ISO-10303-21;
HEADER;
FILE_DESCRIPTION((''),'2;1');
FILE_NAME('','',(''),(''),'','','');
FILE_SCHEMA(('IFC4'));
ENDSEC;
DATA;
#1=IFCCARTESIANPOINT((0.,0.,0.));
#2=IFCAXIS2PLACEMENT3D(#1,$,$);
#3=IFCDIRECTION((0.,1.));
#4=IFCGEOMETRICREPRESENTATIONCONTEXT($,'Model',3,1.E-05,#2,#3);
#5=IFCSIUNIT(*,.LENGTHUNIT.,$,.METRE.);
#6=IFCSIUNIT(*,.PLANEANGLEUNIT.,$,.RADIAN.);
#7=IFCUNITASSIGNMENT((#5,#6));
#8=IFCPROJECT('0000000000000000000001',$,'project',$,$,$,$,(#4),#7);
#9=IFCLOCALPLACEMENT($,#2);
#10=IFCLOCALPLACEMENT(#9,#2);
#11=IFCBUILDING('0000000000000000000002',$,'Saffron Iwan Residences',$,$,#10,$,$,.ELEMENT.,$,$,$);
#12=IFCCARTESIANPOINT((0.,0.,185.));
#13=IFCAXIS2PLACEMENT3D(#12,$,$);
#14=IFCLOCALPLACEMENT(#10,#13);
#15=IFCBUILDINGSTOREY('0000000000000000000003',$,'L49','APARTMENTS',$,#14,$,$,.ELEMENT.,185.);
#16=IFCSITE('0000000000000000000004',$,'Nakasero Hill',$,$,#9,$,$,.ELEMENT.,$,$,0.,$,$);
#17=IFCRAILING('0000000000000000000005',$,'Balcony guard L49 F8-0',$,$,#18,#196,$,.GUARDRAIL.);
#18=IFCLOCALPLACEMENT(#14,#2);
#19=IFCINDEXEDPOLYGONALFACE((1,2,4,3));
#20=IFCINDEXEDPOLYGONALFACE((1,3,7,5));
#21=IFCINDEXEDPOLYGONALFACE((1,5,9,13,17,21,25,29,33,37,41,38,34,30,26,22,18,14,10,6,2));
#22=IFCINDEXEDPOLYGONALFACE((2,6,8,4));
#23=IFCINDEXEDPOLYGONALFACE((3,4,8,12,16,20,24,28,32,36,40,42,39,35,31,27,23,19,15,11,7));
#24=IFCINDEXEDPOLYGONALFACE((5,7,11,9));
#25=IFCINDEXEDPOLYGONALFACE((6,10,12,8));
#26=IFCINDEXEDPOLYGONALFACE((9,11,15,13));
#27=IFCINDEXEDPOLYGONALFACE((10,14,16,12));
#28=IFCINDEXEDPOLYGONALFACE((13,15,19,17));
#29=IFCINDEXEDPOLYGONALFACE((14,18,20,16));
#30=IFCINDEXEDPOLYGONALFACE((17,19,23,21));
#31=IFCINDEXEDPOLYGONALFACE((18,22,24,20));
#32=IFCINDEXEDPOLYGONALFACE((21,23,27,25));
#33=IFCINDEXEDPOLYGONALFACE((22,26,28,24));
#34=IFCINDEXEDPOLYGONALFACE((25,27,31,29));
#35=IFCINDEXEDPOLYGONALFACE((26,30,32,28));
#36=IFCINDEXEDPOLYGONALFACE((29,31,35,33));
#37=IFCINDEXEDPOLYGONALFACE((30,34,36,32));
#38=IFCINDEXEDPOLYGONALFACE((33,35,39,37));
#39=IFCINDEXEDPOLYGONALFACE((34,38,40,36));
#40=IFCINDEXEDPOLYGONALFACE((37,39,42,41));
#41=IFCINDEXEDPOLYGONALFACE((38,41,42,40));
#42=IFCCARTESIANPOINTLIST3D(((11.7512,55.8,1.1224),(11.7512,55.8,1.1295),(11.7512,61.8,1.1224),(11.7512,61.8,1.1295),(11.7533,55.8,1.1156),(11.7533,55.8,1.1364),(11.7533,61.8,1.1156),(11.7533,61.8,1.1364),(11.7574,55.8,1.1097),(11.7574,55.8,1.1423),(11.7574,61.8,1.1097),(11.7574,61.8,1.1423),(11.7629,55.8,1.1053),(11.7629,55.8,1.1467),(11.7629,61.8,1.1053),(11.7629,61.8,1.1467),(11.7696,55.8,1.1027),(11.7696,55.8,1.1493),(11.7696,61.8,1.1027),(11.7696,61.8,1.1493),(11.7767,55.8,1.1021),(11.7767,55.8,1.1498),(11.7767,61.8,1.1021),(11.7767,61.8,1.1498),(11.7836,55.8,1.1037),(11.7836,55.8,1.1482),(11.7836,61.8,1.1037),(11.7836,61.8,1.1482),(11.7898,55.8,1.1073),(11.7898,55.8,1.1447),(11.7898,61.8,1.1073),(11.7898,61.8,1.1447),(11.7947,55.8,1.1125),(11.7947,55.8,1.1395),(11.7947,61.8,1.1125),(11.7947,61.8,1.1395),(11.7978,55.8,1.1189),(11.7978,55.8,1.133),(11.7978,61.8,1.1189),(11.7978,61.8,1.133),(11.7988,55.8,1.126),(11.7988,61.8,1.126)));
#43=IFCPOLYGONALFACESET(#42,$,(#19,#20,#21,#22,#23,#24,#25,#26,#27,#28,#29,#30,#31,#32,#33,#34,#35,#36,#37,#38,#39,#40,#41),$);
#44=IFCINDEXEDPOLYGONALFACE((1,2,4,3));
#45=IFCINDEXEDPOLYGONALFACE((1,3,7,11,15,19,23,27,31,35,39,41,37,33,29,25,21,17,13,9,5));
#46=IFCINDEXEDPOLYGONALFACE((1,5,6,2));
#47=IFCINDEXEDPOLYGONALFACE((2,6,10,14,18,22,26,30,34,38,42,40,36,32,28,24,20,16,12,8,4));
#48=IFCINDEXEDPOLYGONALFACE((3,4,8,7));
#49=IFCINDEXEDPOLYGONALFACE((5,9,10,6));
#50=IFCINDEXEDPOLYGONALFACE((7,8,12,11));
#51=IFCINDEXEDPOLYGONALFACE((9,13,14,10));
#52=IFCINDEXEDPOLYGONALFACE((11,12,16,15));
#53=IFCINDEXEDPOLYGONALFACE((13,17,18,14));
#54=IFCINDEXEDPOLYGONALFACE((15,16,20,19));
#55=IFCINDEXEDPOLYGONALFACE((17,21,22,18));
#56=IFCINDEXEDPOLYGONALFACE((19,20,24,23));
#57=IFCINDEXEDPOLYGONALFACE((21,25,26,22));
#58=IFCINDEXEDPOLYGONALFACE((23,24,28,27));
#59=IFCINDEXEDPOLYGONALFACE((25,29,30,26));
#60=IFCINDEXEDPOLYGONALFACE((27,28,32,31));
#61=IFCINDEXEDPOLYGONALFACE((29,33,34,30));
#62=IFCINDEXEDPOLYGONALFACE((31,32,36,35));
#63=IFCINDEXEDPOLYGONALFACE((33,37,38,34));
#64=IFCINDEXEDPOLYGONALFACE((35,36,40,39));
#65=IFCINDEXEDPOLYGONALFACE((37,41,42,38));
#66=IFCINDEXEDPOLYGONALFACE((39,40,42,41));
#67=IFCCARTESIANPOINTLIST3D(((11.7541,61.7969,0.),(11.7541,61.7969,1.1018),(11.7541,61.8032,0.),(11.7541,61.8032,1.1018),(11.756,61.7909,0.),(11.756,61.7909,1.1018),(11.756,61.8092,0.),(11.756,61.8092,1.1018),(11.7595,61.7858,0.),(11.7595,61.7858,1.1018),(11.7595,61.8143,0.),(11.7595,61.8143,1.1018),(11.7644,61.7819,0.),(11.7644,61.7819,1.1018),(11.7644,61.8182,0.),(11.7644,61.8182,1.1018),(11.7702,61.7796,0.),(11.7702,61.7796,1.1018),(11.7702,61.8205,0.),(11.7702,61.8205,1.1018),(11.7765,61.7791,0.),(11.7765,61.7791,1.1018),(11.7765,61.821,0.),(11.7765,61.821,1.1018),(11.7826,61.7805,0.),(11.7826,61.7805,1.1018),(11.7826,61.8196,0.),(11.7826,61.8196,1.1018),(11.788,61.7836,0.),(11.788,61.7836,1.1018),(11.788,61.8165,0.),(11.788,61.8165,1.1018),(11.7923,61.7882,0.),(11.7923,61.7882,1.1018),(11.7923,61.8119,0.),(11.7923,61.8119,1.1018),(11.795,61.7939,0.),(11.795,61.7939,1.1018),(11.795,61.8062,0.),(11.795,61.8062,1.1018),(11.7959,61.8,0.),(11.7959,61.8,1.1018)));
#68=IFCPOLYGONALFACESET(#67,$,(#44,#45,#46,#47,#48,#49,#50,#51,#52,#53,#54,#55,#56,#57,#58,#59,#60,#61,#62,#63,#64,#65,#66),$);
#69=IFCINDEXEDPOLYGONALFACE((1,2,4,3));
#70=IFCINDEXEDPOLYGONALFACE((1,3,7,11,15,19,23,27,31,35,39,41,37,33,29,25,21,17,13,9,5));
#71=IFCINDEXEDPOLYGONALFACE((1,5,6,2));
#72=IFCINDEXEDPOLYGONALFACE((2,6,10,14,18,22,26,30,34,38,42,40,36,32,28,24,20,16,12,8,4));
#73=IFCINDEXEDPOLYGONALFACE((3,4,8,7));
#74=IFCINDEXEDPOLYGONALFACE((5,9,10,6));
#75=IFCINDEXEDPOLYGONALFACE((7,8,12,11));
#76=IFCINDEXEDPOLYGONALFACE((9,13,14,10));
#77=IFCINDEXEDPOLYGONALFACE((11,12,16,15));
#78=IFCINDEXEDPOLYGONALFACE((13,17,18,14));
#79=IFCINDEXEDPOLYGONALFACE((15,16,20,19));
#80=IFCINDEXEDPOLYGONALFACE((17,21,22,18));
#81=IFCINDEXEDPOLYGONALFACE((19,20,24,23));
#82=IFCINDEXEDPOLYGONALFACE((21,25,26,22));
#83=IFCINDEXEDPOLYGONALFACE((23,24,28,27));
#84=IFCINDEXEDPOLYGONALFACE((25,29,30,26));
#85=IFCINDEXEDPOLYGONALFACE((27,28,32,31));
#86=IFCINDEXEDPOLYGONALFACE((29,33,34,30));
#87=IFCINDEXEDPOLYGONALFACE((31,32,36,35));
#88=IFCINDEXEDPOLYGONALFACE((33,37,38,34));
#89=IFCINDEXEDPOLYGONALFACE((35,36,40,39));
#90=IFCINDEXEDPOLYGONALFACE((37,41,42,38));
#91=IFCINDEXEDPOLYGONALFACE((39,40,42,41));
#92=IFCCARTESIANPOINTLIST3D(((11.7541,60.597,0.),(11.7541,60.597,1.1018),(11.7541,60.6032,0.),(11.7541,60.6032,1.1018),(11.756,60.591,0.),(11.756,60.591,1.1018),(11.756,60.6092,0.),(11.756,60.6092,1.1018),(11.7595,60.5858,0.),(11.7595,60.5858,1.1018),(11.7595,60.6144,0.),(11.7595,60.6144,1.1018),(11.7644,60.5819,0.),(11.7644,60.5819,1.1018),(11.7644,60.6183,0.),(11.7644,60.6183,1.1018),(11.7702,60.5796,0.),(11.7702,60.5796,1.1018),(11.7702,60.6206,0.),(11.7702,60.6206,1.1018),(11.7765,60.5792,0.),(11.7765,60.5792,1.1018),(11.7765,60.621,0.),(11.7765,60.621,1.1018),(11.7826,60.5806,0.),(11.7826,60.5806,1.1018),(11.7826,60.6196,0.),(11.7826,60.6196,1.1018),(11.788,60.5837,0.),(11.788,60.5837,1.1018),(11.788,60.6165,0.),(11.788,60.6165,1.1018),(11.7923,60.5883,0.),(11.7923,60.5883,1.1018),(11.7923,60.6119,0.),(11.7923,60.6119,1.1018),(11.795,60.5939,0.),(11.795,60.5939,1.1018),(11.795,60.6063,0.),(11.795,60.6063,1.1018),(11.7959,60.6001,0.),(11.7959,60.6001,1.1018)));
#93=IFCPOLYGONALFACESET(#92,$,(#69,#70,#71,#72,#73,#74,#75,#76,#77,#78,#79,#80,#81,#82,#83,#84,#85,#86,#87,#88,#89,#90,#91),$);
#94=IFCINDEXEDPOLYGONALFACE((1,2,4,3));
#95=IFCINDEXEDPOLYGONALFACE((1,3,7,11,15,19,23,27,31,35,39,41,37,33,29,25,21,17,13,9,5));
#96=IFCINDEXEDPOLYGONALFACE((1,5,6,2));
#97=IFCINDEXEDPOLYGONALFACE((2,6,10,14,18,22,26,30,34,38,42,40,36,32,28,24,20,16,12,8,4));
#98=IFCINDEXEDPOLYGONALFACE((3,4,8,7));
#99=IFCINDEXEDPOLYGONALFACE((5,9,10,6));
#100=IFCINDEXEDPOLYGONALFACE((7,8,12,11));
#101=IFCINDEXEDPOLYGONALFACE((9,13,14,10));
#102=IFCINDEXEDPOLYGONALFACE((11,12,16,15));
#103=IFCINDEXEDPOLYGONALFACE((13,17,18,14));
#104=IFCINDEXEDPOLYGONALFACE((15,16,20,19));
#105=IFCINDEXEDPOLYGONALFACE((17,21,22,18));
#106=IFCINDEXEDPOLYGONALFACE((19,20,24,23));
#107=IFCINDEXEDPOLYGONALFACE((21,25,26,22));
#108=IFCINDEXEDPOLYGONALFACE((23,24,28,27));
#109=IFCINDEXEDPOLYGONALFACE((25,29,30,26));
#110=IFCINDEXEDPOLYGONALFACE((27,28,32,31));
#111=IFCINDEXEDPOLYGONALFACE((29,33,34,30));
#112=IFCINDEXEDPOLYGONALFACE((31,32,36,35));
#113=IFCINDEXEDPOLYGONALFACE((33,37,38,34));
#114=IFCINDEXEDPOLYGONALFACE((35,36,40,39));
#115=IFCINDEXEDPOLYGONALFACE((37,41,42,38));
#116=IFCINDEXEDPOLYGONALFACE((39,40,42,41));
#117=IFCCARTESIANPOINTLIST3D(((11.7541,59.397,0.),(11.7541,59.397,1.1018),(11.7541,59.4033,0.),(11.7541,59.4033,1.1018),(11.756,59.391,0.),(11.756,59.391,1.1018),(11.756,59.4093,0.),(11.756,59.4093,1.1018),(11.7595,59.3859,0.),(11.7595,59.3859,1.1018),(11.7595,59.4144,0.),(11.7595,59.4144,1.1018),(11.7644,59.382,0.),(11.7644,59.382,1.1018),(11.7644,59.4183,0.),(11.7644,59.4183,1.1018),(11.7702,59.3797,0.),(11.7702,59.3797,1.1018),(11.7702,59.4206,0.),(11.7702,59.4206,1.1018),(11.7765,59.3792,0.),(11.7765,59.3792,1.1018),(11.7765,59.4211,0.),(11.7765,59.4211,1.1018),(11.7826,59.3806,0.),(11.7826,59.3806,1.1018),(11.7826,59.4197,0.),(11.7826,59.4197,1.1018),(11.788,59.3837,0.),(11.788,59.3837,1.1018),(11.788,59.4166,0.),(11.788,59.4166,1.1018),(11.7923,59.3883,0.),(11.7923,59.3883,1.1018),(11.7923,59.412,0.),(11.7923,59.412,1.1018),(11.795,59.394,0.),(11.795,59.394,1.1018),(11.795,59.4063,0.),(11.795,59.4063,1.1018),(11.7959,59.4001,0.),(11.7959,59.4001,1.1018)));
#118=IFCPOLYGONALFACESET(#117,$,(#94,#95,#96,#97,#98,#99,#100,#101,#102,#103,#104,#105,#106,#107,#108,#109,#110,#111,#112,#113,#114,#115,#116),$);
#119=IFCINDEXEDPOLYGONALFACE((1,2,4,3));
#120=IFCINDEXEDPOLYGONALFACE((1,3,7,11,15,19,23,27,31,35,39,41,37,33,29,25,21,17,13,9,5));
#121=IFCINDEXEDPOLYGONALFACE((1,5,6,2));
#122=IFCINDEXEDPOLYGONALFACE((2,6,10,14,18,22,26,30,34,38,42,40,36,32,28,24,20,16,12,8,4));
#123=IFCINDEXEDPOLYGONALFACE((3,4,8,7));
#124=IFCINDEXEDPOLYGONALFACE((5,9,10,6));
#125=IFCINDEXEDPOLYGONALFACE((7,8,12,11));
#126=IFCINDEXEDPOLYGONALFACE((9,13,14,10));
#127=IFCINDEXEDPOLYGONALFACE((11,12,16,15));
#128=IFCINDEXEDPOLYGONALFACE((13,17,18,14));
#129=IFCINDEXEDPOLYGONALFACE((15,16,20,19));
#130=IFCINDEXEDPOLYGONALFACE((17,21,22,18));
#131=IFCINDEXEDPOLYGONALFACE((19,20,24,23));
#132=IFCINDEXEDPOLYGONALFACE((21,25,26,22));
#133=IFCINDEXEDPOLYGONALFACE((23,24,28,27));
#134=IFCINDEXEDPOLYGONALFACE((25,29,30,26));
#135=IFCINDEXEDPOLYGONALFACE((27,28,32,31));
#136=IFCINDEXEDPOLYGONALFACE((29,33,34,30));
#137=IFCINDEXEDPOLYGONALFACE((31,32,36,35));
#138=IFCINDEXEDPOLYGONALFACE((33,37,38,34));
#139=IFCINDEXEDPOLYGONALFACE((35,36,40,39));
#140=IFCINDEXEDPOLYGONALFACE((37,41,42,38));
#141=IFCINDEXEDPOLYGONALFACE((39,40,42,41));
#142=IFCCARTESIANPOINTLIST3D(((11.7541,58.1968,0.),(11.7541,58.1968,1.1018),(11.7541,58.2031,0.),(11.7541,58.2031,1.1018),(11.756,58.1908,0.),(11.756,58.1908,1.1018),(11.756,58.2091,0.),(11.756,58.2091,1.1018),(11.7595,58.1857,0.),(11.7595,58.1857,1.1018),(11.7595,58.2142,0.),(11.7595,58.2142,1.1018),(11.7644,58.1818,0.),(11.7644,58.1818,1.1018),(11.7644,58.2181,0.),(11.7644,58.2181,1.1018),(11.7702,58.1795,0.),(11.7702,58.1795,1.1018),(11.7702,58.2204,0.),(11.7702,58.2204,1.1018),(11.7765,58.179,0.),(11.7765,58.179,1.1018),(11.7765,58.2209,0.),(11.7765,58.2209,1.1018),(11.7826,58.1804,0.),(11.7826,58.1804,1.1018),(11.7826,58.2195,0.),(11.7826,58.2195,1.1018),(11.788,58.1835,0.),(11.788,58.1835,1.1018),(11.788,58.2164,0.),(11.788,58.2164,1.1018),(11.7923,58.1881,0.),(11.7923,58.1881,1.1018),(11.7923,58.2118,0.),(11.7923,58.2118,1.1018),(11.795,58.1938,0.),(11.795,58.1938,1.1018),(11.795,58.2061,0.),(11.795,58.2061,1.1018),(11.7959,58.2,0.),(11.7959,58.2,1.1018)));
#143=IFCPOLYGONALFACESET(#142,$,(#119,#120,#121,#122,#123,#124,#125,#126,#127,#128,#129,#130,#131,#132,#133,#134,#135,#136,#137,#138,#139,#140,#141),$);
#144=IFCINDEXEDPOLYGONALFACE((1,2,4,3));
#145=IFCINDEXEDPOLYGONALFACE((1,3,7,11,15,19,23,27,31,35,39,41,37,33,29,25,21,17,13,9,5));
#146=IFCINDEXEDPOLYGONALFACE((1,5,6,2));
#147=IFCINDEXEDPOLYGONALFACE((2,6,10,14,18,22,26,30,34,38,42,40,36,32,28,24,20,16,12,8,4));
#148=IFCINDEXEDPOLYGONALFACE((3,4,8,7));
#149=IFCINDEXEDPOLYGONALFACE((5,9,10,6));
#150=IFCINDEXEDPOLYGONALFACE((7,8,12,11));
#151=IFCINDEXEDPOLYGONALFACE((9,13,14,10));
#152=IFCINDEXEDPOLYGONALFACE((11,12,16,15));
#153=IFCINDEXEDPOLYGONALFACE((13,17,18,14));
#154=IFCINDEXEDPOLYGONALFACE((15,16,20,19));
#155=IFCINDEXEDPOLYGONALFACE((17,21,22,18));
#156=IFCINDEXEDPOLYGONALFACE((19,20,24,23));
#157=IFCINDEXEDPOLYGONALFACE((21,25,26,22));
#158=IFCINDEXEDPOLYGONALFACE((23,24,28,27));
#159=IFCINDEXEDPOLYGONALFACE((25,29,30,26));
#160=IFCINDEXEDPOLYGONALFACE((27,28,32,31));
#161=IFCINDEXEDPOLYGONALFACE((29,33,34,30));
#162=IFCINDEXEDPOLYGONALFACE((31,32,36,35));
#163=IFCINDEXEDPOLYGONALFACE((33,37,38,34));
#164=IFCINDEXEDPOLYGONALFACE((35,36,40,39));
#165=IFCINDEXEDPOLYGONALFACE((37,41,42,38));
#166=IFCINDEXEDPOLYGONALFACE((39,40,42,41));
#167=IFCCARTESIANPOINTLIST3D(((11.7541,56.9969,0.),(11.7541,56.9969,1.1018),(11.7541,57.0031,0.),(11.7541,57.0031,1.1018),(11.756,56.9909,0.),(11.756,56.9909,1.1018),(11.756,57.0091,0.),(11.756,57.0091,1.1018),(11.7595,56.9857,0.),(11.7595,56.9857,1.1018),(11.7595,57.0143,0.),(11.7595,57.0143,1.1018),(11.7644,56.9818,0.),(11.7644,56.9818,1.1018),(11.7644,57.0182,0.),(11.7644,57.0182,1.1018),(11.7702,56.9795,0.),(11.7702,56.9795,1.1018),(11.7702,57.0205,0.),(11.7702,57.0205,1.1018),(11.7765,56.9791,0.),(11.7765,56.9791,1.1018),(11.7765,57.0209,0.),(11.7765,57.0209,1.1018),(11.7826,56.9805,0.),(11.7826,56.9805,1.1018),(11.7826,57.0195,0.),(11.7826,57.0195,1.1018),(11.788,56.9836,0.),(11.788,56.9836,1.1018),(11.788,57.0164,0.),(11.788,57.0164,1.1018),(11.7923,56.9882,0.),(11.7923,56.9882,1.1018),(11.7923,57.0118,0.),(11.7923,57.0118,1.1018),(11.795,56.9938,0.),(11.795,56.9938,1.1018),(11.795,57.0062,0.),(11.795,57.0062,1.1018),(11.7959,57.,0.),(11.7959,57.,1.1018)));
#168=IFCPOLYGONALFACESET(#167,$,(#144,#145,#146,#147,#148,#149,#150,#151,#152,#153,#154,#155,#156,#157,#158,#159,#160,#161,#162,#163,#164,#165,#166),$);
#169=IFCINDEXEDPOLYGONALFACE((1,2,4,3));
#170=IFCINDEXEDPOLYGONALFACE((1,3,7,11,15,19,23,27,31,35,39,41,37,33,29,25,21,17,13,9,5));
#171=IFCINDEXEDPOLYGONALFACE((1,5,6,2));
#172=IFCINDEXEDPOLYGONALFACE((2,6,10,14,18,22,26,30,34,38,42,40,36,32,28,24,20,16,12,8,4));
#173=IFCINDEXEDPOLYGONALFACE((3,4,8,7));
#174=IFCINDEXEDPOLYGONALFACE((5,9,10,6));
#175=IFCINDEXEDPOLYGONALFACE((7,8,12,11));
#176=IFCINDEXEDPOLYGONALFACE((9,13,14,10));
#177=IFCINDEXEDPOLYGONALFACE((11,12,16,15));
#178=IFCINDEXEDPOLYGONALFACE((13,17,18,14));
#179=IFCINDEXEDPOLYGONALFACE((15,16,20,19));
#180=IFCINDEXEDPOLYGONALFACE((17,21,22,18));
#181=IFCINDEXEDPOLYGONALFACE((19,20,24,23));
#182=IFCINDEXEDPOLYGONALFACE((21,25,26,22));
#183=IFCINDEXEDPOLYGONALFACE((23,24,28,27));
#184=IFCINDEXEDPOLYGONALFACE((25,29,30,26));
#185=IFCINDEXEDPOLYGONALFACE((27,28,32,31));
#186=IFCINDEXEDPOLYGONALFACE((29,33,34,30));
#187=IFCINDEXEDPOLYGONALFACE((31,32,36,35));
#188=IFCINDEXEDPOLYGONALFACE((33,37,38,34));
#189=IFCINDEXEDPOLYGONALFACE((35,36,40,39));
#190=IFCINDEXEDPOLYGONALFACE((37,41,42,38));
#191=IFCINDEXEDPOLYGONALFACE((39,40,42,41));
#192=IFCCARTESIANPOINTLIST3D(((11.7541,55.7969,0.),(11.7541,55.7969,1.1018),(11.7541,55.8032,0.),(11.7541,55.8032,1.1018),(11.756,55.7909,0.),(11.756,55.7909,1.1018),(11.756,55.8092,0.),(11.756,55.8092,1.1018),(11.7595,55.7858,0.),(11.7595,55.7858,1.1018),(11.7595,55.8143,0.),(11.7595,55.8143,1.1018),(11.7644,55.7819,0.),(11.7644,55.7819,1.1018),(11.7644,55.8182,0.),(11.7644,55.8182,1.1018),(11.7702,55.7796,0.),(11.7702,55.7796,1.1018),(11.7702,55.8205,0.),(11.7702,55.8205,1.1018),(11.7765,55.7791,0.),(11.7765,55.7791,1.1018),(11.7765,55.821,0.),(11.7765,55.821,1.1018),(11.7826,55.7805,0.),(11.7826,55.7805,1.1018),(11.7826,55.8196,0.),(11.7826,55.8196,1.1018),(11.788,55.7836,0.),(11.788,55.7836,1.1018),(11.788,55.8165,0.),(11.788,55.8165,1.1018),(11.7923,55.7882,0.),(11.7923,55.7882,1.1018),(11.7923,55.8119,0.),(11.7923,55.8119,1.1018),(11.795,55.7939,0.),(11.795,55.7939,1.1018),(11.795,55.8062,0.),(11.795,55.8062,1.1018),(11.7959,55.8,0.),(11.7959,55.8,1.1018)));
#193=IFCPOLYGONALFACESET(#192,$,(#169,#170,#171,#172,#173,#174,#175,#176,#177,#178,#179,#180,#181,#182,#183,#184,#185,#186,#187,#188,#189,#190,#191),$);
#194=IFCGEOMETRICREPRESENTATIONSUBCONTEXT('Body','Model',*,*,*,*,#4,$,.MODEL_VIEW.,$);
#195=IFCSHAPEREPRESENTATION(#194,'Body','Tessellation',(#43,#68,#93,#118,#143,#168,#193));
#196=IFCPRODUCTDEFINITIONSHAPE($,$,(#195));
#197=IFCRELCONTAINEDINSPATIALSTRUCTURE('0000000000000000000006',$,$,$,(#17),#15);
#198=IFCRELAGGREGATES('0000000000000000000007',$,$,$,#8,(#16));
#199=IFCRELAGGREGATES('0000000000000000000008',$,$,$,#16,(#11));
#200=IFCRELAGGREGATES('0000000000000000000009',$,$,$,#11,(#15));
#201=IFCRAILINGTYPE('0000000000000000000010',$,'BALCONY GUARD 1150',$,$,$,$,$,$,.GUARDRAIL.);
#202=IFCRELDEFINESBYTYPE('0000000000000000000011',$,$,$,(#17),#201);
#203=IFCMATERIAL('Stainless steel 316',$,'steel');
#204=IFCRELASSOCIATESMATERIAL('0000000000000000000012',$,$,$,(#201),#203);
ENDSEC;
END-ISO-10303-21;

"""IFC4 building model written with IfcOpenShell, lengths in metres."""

from ifc_helpers import new_model, si_unit, direction, frame, origin, origin_2d, place, context, subcontext, project, spatial, circle, extrude, material, type_object, element, save


model = new_model("IFC4")

# Units and contexts
model_context = context("Model", 3, precision=1e-05, world=origin(), true_north=direction((0.0, 1.0)))
body_context = subcontext(model_context, "Body", "Model", "MODEL_VIEW")
ifc_project = project(units=[si_unit("LENGTHUNIT", "METRE"), si_unit("PLANEANGLEUNIT", "RADIAN")], contexts=[model_context])

# Site, building, storey
site_placement = place(None, origin())
site = spatial("IfcSite", under=ifc_project, at=site_placement, Name="Nakasero Hill", CompositionType="ELEMENT", RefElevation=0.0)
building_placement = place(site_placement, origin())
building = spatial("IfcBuilding", under=site, at=building_placement, Name="Saffron Iwan Residences", CompositionType="ELEMENT")
storey_placement = place(building_placement, frame((0.0, 0.0, 185.0)))
storey = spatial("IfcBuildingStorey", under=building, at=storey_placement, Name="L49", Description="APARTMENTS", CompositionType="ELEMENT", Elevation=185.0)

# Railing
ifc_material_1 = material(Name="Stainless steel 316", Category="steel")
railing_type = type_object("IfcRailingType", Name="BALCONY GUARD 1150", PredefinedType="GUARDRAIL", material=ifc_material_1)
railing_placement = place(storey_placement, frame((11.7749, 61.8, 0.0)))
element("IfcRailing", 1, at=railing_placement, inside=storey, type_object=railing_type, Name="Balcony guard L49 F8-0", PredefinedType="GUARDRAIL", context=body_context, shape_type="SweptSolid", body=[
    extrude(circle(Radius=0.0239, at=origin_2d()), frame((0.0, 0.0, 1.126), z_axis=(0.0, -1.0, 0.0), x_axis=(1.0, 0.0, 0.0)), (0.0, 0.0, 1.0), 6.0),
    extrude(circle(Radius=0.021, at=origin_2d()), origin(), (0.0, 0.0, 1.0), 1.1018),
    extrude(circle(Radius=0.021, at=origin_2d()), frame((0.0, -1.2, 0.0)), (0.0, 0.0, 1.0), 1.1018),
    extrude(circle(Radius=0.021, at=origin_2d()), frame((0.0, -2.3999, 0.0)), (0.0, 0.0, 1.0), 1.1018),
    extrude(circle(Radius=0.021, at=origin_2d()), frame((0.0, -3.6001, 0.0)), (0.0, 0.0, 1.0), 1.1018),
    extrude(circle(Radius=0.021, at=origin_2d()), frame((0.0, -4.8, 0.0)), (0.0, 0.0, 1.0), 1.1018),
    extrude(circle(Radius=0.021, at=origin_2d()), frame((0.0, -6.0, 0.0)), (0.0, 0.0, 1.0), 1.1018),
])

save(model, "model.ifc")
